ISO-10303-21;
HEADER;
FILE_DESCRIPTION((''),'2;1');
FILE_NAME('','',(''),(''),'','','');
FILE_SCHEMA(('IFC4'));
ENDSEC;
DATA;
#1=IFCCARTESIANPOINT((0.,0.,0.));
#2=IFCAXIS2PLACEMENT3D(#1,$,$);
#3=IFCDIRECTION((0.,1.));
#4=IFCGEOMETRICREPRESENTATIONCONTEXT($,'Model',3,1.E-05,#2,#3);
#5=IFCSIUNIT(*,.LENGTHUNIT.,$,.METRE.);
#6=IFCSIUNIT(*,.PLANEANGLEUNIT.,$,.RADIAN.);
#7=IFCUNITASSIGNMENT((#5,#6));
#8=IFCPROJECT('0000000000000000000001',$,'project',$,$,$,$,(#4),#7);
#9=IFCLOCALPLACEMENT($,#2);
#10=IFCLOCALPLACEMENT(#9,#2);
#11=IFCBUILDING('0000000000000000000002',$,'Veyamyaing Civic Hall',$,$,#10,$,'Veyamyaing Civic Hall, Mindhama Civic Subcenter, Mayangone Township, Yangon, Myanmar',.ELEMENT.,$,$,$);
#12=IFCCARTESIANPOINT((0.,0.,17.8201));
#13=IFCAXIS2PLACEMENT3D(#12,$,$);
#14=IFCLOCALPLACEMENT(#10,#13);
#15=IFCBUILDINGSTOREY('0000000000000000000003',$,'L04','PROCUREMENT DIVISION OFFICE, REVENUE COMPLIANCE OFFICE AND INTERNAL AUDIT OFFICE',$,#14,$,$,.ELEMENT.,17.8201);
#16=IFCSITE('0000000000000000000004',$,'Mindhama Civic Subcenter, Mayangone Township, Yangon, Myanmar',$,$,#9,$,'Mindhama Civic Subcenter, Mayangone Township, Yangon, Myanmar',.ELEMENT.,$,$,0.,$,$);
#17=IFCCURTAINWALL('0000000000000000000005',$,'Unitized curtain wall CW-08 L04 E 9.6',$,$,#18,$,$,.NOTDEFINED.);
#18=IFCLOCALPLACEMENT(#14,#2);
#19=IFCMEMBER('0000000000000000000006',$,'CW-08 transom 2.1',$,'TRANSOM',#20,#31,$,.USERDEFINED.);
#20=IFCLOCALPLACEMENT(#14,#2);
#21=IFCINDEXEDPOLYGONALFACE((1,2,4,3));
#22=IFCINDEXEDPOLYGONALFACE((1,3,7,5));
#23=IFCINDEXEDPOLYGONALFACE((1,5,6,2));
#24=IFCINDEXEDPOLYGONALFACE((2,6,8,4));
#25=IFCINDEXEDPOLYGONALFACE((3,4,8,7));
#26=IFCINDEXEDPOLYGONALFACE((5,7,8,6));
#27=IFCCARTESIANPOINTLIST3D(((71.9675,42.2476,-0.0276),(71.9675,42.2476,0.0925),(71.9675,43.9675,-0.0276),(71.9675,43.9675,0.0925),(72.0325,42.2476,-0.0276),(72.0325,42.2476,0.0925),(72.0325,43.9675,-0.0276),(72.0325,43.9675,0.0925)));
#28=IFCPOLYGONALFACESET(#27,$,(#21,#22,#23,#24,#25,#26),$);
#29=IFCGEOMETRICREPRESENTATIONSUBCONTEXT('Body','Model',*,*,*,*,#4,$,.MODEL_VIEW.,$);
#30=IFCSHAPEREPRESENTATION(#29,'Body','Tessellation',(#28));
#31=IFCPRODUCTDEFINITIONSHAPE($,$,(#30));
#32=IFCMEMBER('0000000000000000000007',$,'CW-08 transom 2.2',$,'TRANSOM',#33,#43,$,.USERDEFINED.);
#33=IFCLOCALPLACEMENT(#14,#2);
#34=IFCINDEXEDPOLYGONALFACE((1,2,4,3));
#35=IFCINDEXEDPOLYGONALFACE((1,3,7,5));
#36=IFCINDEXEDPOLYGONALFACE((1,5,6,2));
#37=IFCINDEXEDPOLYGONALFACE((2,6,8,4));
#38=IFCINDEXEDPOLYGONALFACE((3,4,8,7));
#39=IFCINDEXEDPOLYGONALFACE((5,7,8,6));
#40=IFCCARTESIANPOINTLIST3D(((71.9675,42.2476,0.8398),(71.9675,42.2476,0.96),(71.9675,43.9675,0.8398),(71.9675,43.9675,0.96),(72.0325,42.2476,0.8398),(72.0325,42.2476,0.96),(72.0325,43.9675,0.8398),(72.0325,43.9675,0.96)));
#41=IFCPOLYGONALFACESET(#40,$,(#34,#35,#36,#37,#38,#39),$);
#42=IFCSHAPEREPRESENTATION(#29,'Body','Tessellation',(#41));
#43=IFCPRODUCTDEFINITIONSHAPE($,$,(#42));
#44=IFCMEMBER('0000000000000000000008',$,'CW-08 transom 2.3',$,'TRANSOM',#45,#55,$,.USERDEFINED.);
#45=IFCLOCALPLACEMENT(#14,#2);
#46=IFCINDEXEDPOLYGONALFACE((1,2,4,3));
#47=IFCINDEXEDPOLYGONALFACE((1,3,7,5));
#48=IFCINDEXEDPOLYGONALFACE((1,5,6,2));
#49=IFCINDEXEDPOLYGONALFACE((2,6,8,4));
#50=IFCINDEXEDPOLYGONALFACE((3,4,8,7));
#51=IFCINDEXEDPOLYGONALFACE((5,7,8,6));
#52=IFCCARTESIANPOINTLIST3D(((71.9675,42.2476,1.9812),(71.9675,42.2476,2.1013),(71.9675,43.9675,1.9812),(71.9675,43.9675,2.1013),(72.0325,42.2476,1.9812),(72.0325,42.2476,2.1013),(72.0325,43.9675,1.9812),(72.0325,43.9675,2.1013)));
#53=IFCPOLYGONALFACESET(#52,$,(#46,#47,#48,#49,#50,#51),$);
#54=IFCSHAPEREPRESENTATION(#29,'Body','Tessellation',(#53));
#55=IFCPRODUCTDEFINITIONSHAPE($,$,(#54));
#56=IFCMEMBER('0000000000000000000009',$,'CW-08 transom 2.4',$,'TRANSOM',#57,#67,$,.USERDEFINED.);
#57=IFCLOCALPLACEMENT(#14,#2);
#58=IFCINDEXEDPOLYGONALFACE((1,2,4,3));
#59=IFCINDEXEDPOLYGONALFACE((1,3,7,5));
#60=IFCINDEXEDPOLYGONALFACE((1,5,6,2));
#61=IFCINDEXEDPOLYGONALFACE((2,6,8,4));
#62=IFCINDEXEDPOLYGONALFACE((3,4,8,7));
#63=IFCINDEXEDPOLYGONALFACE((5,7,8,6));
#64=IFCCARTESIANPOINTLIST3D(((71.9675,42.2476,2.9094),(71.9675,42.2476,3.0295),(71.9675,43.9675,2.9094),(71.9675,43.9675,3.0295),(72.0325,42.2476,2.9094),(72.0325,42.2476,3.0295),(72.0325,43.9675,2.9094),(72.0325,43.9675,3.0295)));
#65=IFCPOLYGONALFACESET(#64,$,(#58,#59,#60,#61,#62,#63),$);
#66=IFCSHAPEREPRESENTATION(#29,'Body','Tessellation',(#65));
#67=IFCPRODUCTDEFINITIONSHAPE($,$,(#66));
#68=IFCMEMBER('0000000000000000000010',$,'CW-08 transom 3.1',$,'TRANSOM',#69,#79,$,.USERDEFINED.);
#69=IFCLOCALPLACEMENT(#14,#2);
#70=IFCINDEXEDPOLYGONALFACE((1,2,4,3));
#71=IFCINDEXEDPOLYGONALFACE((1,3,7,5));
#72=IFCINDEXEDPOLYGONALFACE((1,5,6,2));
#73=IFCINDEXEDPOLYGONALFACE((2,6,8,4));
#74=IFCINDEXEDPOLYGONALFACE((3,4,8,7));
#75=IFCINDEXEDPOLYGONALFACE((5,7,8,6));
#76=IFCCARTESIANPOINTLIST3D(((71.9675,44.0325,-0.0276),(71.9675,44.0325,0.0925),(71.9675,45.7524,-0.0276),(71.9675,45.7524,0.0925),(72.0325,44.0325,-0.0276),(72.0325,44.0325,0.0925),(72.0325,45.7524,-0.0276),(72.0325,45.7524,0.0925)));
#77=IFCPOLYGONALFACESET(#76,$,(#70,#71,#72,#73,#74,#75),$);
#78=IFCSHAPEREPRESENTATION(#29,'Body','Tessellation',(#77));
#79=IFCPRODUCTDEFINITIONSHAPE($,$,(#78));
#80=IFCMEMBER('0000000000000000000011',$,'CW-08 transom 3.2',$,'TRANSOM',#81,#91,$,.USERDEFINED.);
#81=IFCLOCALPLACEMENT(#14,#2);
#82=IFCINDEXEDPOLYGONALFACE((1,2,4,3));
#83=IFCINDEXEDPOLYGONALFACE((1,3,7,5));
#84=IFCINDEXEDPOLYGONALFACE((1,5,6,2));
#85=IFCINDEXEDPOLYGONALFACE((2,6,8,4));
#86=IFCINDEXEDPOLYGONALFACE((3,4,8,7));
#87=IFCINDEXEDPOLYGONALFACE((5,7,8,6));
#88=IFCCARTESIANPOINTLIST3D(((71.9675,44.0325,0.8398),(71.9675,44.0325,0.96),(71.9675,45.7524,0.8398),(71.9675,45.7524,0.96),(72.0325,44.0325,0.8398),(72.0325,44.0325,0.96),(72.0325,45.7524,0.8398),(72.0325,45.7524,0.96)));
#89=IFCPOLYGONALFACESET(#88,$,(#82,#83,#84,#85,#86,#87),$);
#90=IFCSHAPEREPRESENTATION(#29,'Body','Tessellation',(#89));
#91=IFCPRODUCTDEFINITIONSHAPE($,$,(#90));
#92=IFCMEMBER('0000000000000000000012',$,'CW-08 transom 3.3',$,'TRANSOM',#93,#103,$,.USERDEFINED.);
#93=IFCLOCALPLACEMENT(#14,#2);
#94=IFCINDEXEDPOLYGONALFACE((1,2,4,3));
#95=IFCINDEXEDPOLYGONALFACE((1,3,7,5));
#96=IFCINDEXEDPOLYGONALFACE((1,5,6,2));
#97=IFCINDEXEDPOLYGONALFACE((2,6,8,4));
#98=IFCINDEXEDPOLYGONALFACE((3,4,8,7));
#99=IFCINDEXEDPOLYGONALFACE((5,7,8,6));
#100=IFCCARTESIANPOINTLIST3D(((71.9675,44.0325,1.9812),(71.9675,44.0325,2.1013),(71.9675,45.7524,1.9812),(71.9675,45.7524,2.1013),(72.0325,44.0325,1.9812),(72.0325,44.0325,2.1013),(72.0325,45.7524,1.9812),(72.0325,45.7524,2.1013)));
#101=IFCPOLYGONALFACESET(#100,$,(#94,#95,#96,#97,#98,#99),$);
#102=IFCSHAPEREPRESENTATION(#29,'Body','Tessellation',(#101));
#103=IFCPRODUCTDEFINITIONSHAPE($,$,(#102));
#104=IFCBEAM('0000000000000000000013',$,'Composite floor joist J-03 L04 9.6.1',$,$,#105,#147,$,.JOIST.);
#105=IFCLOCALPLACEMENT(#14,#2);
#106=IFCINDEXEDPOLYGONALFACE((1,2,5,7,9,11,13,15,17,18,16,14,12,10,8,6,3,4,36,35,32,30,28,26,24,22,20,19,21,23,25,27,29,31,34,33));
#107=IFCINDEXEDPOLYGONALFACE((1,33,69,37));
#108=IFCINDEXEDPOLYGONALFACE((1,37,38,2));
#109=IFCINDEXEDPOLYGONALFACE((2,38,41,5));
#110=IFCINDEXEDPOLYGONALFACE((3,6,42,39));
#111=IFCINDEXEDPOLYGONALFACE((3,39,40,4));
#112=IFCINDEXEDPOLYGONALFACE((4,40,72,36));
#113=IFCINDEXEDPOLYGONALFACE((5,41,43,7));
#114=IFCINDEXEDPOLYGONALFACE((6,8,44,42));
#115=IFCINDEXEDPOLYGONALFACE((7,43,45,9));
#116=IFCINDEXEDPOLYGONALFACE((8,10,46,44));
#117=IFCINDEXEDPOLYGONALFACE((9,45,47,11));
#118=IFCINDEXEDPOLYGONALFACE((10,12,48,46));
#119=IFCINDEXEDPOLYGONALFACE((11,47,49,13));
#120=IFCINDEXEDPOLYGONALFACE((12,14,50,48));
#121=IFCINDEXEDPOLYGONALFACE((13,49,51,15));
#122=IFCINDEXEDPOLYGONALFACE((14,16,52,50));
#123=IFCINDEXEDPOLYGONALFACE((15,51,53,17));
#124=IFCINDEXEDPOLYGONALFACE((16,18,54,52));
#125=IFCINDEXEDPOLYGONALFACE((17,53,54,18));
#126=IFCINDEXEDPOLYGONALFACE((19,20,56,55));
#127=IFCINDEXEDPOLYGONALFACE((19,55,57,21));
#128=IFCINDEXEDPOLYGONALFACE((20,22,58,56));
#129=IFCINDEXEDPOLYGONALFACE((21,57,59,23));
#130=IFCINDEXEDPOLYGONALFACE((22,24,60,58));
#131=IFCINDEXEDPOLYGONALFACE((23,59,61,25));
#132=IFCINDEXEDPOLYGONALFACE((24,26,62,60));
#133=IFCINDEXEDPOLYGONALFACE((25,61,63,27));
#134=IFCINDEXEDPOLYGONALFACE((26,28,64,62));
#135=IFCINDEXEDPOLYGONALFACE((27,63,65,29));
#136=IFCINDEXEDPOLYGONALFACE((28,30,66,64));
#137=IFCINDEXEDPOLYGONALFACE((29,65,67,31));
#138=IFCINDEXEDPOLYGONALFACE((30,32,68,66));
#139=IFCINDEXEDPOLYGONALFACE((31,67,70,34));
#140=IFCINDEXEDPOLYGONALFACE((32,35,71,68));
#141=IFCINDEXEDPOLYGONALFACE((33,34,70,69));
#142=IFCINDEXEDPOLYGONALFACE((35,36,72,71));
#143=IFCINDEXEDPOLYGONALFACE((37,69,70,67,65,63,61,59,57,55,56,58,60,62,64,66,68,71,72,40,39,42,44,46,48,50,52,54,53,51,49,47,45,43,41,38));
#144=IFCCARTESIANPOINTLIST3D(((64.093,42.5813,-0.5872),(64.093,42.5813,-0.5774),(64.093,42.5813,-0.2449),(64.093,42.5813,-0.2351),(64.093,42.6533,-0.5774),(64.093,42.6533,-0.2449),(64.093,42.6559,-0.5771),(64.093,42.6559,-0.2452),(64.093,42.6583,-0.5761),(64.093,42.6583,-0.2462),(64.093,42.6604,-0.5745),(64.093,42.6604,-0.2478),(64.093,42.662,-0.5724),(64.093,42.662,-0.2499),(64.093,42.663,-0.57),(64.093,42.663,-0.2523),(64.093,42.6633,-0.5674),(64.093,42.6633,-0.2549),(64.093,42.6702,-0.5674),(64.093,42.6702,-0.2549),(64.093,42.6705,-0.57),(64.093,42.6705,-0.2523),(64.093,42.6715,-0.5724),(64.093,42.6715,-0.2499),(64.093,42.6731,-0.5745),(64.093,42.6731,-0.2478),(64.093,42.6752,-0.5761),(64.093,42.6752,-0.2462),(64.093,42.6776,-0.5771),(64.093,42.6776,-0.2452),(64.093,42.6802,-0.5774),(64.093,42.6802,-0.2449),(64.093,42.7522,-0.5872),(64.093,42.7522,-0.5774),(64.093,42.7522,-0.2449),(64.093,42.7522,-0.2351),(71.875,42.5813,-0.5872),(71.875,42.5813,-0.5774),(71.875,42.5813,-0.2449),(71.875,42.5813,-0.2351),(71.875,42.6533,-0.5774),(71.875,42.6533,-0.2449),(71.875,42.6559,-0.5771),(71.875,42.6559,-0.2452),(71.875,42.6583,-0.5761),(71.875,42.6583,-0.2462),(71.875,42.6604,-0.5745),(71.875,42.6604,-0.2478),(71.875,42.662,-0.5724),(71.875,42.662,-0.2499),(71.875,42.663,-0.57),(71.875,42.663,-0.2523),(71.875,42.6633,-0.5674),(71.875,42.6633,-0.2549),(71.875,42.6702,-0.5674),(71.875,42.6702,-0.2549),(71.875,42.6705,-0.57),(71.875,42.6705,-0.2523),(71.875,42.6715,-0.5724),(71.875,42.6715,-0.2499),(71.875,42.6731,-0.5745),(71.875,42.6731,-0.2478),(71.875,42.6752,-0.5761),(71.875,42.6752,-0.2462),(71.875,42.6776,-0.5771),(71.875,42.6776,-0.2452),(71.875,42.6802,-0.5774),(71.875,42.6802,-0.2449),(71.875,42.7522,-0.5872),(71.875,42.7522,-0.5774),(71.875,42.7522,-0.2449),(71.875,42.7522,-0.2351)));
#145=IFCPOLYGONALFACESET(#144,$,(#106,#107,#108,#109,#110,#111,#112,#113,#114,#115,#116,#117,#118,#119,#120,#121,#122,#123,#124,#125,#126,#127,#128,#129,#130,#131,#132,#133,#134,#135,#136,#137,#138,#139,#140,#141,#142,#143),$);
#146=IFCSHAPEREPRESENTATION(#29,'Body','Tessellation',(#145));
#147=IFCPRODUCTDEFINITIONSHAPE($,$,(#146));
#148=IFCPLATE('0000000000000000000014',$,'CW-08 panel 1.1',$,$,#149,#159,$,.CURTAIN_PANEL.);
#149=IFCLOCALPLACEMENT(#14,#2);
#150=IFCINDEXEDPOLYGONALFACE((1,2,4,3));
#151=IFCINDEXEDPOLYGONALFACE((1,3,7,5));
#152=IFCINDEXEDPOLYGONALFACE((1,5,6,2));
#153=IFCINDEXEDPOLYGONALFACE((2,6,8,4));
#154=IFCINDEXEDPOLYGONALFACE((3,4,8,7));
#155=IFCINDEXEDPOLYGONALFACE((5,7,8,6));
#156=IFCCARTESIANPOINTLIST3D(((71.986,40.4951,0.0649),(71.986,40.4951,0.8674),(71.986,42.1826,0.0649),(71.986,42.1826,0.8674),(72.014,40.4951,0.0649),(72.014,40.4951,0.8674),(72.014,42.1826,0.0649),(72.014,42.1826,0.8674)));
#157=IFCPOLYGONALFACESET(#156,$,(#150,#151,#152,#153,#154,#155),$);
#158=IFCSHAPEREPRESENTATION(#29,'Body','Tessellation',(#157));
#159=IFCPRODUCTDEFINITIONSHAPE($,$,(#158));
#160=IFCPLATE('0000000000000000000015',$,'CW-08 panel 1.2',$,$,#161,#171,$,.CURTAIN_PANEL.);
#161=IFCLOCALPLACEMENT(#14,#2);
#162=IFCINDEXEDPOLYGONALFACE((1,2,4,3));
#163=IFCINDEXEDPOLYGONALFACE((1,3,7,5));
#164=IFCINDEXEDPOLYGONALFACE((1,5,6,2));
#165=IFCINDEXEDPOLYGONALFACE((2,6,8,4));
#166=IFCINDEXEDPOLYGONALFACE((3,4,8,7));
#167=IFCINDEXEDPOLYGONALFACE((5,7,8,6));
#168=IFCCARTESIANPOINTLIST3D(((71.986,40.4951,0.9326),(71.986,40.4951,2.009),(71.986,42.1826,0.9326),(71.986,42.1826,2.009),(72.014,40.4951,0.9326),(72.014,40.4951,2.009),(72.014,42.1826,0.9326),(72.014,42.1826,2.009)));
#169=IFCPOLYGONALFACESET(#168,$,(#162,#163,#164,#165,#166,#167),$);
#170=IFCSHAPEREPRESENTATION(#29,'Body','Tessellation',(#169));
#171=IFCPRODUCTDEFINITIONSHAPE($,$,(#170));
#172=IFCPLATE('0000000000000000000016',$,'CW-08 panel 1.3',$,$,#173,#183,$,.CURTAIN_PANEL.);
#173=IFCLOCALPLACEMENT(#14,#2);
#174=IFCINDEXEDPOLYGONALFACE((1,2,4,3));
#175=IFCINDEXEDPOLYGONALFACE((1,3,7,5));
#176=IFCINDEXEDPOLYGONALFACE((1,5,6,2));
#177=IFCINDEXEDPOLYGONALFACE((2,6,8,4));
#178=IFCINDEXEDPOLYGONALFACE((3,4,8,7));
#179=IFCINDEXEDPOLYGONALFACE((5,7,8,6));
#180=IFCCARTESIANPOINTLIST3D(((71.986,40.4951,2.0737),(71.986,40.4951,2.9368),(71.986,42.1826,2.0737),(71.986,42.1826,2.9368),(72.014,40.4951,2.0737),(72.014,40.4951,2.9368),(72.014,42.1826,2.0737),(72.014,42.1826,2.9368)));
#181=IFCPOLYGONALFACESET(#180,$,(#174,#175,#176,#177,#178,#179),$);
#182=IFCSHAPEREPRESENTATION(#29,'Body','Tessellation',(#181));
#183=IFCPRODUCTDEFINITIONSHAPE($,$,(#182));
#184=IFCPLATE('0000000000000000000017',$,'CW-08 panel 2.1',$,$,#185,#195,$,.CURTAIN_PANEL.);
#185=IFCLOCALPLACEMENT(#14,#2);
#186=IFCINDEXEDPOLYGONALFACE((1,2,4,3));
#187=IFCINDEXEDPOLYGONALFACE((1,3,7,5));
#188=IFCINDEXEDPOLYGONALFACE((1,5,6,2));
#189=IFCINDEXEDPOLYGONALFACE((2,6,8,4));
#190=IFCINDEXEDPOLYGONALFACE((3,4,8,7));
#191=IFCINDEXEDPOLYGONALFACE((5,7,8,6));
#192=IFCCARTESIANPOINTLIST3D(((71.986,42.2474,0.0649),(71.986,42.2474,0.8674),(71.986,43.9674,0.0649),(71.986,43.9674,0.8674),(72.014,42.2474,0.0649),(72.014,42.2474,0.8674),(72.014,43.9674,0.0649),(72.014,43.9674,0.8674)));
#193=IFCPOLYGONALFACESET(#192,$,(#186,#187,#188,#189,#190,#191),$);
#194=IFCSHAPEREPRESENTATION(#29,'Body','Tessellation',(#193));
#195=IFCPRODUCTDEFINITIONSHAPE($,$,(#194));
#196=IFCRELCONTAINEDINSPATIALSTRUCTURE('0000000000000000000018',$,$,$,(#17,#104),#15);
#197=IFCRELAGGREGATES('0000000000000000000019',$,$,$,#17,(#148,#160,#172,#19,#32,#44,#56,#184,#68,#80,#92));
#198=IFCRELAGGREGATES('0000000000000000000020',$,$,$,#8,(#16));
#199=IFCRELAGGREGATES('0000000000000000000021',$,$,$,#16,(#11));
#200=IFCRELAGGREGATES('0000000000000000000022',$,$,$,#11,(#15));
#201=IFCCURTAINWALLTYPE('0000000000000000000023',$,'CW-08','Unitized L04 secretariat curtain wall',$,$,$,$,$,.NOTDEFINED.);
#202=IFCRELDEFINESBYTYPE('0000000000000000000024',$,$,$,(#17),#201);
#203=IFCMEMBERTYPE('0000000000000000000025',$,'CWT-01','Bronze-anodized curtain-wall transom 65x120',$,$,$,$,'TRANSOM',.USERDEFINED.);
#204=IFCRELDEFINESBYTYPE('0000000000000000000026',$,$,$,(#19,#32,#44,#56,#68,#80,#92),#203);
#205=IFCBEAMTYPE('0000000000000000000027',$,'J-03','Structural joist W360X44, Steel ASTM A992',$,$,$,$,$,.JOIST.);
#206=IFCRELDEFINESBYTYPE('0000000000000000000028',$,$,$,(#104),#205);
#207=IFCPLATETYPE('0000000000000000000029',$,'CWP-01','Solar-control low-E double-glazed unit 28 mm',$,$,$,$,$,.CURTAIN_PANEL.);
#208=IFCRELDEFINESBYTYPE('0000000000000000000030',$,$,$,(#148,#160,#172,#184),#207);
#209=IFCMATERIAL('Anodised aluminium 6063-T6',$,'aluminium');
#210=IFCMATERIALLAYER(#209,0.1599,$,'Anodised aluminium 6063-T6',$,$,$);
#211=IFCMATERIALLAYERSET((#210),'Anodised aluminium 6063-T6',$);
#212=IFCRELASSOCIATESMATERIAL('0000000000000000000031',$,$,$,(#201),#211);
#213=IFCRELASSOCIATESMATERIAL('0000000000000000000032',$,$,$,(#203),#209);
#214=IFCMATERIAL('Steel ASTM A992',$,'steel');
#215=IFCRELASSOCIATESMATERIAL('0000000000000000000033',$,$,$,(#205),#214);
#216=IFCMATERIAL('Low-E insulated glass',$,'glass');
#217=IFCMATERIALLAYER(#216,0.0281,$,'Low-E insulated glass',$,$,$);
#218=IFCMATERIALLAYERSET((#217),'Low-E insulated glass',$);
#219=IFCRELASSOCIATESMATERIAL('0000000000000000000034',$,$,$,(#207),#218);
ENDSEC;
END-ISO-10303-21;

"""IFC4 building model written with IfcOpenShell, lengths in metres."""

from ifc_helpers import new_model, si_unit, direction, frame, origin, origin_2d, place, context, subcontext, project, spatial, rectangle, i_section, extrude, material, layer, layer_set, material_profile, profile_set, type_object, element, aggregate, save


model = new_model("IFC4")

# Units and contexts
model_context = context("Model", 3, precision=1e-05, world=origin(), true_north=direction((0.0, 1.0)))
body_context = subcontext(model_context, "Body", "Model", "MODEL_VIEW")
ifc_project = project(units=[si_unit("LENGTHUNIT", "METRE"), si_unit("PLANEANGLEUNIT", "RADIAN")], contexts=[model_context])

# Site, building, storey
site_placement = place(None, origin())
site = spatial("IfcSite", under=ifc_project, at=site_placement, Name="Mindhama Civic Subcenter, Mayangone Township, Yangon, Myanmar", LongName="Mindhama Civic Subcenter, Mayangone Township, Yangon, Myanmar", CompositionType="ELEMENT", RefElevation=0.0)
building_placement = place(site_placement, origin())
building = spatial("IfcBuilding", under=site, at=building_placement, Name="Veyamyaing Civic Hall", LongName="Veyamyaing Civic Hall, Mindhama Civic Subcenter, Mayangone Township, Yangon, Myanmar", CompositionType="ELEMENT")
storey_placement = place(building_placement, frame((0.0, 0.0, 17.8201)))
storey = spatial("IfcBuildingStorey", under=building, at=storey_placement, Name="L04", Description="PROCUREMENT DIVISION OFFICE, REVENUE COMPLIANCE OFFICE AND INTERNAL AUDIT OFFICE", CompositionType="ELEMENT", Elevation=17.8201)

# Shared definitions
ifc_material_1 = material(Name="Steel ASTM A992", Category="steel")

# Curtain wall, members
ifc_material_2 = material(Name="Anodised aluminium 6063-T6", Category="aluminium")
ifc_layer_1 = layer(ifc_material_2, 0.1599, Name="Anodised aluminium 6063-T6")
ifc_layer_set_1 = layer_set([ifc_layer_1], Name="Anodised aluminium 6063-T6")
curtain_wall_type = type_object("IfcCurtainWallType", Name="CW-08", Description="Unitized L04 secretariat curtain wall", PredefinedType="NOTDEFINED", material=ifc_layer_set_1)
curtain_wall_placement = place(storey_placement, origin())
curtain_wall = element("IfcCurtainWall", 1, at=curtain_wall_placement, inside=storey, type_object=curtain_wall_type, Name="Unitized curtain wall CW-08 L04 E 9.6", PredefinedType="NOTDEFINED")
ifc_material_profile_1 = material_profile(ifc_material_2, rectangle(XDim=0.0649, YDim=0.1201, at=origin_2d()), Name="ALU-TRN-65X120")
ifc_profile_set_1 = profile_set([ifc_material_profile_1], Name="Anodised aluminium 6063-T6")
member_type_1 = type_object("IfcMemberType", Name="CWT-01", Description="Bronze-anodized curtain-wall transom 65x120", ElementType="TRANSOM", PredefinedType="USERDEFINED", material=ifc_profile_set_1)
member_1_placement = place(storey_placement, frame((72.0, 42.2476, 0.0325), z_axis=(0.0, 1.0, 0.0), x_axis=(-1.0, 0.0, 0.0)))
member_1 = element("IfcMember", 2, at=member_1_placement, type_object=member_type_1, Name="CW-08 transom 2.1", ObjectType="TRANSOM", PredefinedType="USERDEFINED", context=body_context, shape_type="SweptSolid", body=[
    extrude(rectangle(XDim=0.0649, YDim=0.1201, at=origin_2d()), origin(), (0.0, 0.0, 1.0), 1.72),
])
member_2_placement = place(storey_placement, frame((72.0, 42.2476, 0.8999), z_axis=(0.0, 1.0, 0.0), x_axis=(-1.0, 0.0, 0.0)))
member_2 = element("IfcMember", 3, at=member_2_placement, type_object=member_type_1, Name="CW-08 transom 2.2", ObjectType="TRANSOM", PredefinedType="USERDEFINED", context=body_context, shape_type="SweptSolid", body=[
    extrude(rectangle(XDim=0.0649, YDim=0.1201, at=origin_2d()), origin(), (0.0, 0.0, 1.0), 1.72),
])
member_3_placement = place(storey_placement, frame((72.0, 42.2476, 2.0413), z_axis=(0.0, 1.0, 0.0), x_axis=(-1.0, 0.0, 0.0)))
member_3 = element("IfcMember", 4, at=member_3_placement, type_object=member_type_1, Name="CW-08 transom 2.3", ObjectType="TRANSOM", PredefinedType="USERDEFINED", context=body_context, shape_type="SweptSolid", body=[
    extrude(rectangle(XDim=0.0649, YDim=0.1201, at=origin_2d()), origin(), (0.0, 0.0, 1.0), 1.72),
])
member_4_placement = place(storey_placement, frame((72.0, 42.2476, 2.9695), z_axis=(0.0, 1.0, 0.0), x_axis=(-1.0, 0.0, 0.0)))
member_4 = element("IfcMember", 5, at=member_4_placement, type_object=member_type_1, Name="CW-08 transom 2.4", ObjectType="TRANSOM", PredefinedType="USERDEFINED", context=body_context, shape_type="SweptSolid", body=[
    extrude(rectangle(XDim=0.0649, YDim=0.1201, at=origin_2d()), origin(), (0.0, 0.0, 1.0), 1.72),
])
member_5_placement = place(storey_placement, frame((72.0, 44.0325, 0.0325), z_axis=(0.0, 1.0, 0.0), x_axis=(-1.0, 0.0, 0.0)))
member_5 = element("IfcMember", 6, at=member_5_placement, type_object=member_type_1, Name="CW-08 transom 3.1", ObjectType="TRANSOM", PredefinedType="USERDEFINED", context=body_context, shape_type="SweptSolid", body=[
    extrude(rectangle(XDim=0.0649, YDim=0.1201, at=origin_2d()), origin(), (0.0, 0.0, 1.0), 1.72),
])
member_6_placement = place(storey_placement, frame((72.0, 44.0325, 0.8999), z_axis=(0.0, 1.0, 0.0), x_axis=(-1.0, 0.0, 0.0)))
member_6 = element("IfcMember", 7, at=member_6_placement, type_object=member_type_1, Name="CW-08 transom 3.2", ObjectType="TRANSOM", PredefinedType="USERDEFINED", context=body_context, shape_type="SweptSolid", body=[
    extrude(rectangle(XDim=0.0649, YDim=0.1201, at=origin_2d()), origin(), (0.0, 0.0, 1.0), 1.72),
])
member_7_placement = place(storey_placement, frame((72.0, 44.0325, 2.0413), z_axis=(0.0, 1.0, 0.0), x_axis=(-1.0, 0.0, 0.0)))
member_7 = element("IfcMember", 8, at=member_7_placement, type_object=member_type_1, Name="CW-08 transom 3.3", ObjectType="TRANSOM", PredefinedType="USERDEFINED", context=body_context, shape_type="SweptSolid", body=[
    extrude(rectangle(XDim=0.0649, YDim=0.1201, at=origin_2d()), origin(), (0.0, 0.0, 1.0), 1.72),
])

# Beam
ifc_material_profile_2 = material_profile(ifc_material_1, i_section(OverallWidth=0.1709, OverallDepth=0.3521, WebThickness=0.0068, FlangeThickness=0.0098, FilletRadius=0.01, at=origin_2d()), Name="W360X44")
ifc_profile_set_2 = profile_set([ifc_material_profile_2], Name="Steel ASTM A992")
beam_type_1 = type_object("IfcBeamType", Name="J-03", Description="Structural joist W360X44, Steel ASTM A992", PredefinedType="JOIST", material=ifc_profile_set_2)
beam_1_placement = place(storey_placement, frame((64.093, 42.6667, -0.4111), z_axis=(1.0, 0.0, 0.0), x_axis=(0.0, 1.0, 0.0)))
element("IfcBeam", 9, at=beam_1_placement, inside=storey, type_object=beam_type_1, Name="Composite floor joist J-03 L04 9.6.1", PredefinedType="JOIST", context=body_context, shape_type="SweptSolid", body=[
    extrude(i_section(OverallWidth=0.1709, OverallDepth=0.3521, WebThickness=0.0068, FlangeThickness=0.0098, FilletRadius=0.01, at=origin_2d()), origin(), (0.0, 0.0, 1.0), 7.782),
])

# Plates
ifc_material_3 = material(Name="Low-E insulated glass", Category="glass")
ifc_layer_2 = layer(ifc_material_3, 0.0281, Name="Low-E insulated glass")
ifc_layer_set_2 = layer_set([ifc_layer_2], Name="Low-E insulated glass")
plate_type = type_object("IfcPlateType", Name="CWP-01", Description="Solar-control low-E double-glazed unit 28 mm", PredefinedType="CURTAIN_PANEL", material=ifc_layer_set_2)
plate_1_placement = place(storey_placement, frame((72.0, 41.3389, 0.0649), z_axis=(0.0, 0.0, 1.0), x_axis=(0.0, 1.0, 0.0)))
plate_1 = element("IfcPlate", 10, at=plate_1_placement, type_object=plate_type, Name="CW-08 panel 1.1", PredefinedType="CURTAIN_PANEL", context=body_context, shape_type="SweptSolid", body=[
    extrude(rectangle(XDim=1.6875, YDim=0.0281, at=origin_2d()), origin(), (0.0, 0.0, 1.0), 0.8025),
])
plate_2_placement = place(storey_placement, frame((72.0, 41.3389, 0.9326), z_axis=(0.0, 0.0, 1.0), x_axis=(0.0, 1.0, 0.0)))
plate_2 = element("IfcPlate", 11, at=plate_2_placement, type_object=plate_type, Name="CW-08 panel 1.2", PredefinedType="CURTAIN_PANEL", context=body_context, shape_type="SweptSolid", body=[
    extrude(rectangle(XDim=1.6875, YDim=0.0281, at=origin_2d()), origin(), (0.0, 0.0, 1.0), 1.0764),
])
plate_3_placement = place(storey_placement, frame((72.0, 41.3389, 2.0737), z_axis=(0.0, 0.0, 1.0), x_axis=(0.0, 1.0, 0.0)))
plate_3 = element("IfcPlate", 12, at=plate_3_placement, type_object=plate_type, Name="CW-08 panel 1.3", PredefinedType="CURTAIN_PANEL", context=body_context, shape_type="SweptSolid", body=[
    extrude(rectangle(XDim=1.6875, YDim=0.0281, at=origin_2d()), origin(), (0.0, 0.0, 1.0), 0.863),
])
plate_4_placement = place(storey_placement, frame((72.0, 43.1074, 0.0649), z_axis=(0.0, 0.0, 1.0), x_axis=(0.0, 1.0, 0.0)))
plate_4 = element("IfcPlate", 13, at=plate_4_placement, type_object=plate_type, Name="CW-08 panel 2.1", PredefinedType="CURTAIN_PANEL", context=body_context, shape_type="SweptSolid", body=[
    extrude(rectangle(XDim=1.72, YDim=0.0281, at=origin_2d()), origin(), (0.0, 0.0, 1.0), 0.8025),
])
aggregate(curtain_wall, [plate_1, plate_2, plate_3, member_1, member_2, member_3, member_4, plate_4, member_5, member_6, member_7])

save(model, "model.ifc")
